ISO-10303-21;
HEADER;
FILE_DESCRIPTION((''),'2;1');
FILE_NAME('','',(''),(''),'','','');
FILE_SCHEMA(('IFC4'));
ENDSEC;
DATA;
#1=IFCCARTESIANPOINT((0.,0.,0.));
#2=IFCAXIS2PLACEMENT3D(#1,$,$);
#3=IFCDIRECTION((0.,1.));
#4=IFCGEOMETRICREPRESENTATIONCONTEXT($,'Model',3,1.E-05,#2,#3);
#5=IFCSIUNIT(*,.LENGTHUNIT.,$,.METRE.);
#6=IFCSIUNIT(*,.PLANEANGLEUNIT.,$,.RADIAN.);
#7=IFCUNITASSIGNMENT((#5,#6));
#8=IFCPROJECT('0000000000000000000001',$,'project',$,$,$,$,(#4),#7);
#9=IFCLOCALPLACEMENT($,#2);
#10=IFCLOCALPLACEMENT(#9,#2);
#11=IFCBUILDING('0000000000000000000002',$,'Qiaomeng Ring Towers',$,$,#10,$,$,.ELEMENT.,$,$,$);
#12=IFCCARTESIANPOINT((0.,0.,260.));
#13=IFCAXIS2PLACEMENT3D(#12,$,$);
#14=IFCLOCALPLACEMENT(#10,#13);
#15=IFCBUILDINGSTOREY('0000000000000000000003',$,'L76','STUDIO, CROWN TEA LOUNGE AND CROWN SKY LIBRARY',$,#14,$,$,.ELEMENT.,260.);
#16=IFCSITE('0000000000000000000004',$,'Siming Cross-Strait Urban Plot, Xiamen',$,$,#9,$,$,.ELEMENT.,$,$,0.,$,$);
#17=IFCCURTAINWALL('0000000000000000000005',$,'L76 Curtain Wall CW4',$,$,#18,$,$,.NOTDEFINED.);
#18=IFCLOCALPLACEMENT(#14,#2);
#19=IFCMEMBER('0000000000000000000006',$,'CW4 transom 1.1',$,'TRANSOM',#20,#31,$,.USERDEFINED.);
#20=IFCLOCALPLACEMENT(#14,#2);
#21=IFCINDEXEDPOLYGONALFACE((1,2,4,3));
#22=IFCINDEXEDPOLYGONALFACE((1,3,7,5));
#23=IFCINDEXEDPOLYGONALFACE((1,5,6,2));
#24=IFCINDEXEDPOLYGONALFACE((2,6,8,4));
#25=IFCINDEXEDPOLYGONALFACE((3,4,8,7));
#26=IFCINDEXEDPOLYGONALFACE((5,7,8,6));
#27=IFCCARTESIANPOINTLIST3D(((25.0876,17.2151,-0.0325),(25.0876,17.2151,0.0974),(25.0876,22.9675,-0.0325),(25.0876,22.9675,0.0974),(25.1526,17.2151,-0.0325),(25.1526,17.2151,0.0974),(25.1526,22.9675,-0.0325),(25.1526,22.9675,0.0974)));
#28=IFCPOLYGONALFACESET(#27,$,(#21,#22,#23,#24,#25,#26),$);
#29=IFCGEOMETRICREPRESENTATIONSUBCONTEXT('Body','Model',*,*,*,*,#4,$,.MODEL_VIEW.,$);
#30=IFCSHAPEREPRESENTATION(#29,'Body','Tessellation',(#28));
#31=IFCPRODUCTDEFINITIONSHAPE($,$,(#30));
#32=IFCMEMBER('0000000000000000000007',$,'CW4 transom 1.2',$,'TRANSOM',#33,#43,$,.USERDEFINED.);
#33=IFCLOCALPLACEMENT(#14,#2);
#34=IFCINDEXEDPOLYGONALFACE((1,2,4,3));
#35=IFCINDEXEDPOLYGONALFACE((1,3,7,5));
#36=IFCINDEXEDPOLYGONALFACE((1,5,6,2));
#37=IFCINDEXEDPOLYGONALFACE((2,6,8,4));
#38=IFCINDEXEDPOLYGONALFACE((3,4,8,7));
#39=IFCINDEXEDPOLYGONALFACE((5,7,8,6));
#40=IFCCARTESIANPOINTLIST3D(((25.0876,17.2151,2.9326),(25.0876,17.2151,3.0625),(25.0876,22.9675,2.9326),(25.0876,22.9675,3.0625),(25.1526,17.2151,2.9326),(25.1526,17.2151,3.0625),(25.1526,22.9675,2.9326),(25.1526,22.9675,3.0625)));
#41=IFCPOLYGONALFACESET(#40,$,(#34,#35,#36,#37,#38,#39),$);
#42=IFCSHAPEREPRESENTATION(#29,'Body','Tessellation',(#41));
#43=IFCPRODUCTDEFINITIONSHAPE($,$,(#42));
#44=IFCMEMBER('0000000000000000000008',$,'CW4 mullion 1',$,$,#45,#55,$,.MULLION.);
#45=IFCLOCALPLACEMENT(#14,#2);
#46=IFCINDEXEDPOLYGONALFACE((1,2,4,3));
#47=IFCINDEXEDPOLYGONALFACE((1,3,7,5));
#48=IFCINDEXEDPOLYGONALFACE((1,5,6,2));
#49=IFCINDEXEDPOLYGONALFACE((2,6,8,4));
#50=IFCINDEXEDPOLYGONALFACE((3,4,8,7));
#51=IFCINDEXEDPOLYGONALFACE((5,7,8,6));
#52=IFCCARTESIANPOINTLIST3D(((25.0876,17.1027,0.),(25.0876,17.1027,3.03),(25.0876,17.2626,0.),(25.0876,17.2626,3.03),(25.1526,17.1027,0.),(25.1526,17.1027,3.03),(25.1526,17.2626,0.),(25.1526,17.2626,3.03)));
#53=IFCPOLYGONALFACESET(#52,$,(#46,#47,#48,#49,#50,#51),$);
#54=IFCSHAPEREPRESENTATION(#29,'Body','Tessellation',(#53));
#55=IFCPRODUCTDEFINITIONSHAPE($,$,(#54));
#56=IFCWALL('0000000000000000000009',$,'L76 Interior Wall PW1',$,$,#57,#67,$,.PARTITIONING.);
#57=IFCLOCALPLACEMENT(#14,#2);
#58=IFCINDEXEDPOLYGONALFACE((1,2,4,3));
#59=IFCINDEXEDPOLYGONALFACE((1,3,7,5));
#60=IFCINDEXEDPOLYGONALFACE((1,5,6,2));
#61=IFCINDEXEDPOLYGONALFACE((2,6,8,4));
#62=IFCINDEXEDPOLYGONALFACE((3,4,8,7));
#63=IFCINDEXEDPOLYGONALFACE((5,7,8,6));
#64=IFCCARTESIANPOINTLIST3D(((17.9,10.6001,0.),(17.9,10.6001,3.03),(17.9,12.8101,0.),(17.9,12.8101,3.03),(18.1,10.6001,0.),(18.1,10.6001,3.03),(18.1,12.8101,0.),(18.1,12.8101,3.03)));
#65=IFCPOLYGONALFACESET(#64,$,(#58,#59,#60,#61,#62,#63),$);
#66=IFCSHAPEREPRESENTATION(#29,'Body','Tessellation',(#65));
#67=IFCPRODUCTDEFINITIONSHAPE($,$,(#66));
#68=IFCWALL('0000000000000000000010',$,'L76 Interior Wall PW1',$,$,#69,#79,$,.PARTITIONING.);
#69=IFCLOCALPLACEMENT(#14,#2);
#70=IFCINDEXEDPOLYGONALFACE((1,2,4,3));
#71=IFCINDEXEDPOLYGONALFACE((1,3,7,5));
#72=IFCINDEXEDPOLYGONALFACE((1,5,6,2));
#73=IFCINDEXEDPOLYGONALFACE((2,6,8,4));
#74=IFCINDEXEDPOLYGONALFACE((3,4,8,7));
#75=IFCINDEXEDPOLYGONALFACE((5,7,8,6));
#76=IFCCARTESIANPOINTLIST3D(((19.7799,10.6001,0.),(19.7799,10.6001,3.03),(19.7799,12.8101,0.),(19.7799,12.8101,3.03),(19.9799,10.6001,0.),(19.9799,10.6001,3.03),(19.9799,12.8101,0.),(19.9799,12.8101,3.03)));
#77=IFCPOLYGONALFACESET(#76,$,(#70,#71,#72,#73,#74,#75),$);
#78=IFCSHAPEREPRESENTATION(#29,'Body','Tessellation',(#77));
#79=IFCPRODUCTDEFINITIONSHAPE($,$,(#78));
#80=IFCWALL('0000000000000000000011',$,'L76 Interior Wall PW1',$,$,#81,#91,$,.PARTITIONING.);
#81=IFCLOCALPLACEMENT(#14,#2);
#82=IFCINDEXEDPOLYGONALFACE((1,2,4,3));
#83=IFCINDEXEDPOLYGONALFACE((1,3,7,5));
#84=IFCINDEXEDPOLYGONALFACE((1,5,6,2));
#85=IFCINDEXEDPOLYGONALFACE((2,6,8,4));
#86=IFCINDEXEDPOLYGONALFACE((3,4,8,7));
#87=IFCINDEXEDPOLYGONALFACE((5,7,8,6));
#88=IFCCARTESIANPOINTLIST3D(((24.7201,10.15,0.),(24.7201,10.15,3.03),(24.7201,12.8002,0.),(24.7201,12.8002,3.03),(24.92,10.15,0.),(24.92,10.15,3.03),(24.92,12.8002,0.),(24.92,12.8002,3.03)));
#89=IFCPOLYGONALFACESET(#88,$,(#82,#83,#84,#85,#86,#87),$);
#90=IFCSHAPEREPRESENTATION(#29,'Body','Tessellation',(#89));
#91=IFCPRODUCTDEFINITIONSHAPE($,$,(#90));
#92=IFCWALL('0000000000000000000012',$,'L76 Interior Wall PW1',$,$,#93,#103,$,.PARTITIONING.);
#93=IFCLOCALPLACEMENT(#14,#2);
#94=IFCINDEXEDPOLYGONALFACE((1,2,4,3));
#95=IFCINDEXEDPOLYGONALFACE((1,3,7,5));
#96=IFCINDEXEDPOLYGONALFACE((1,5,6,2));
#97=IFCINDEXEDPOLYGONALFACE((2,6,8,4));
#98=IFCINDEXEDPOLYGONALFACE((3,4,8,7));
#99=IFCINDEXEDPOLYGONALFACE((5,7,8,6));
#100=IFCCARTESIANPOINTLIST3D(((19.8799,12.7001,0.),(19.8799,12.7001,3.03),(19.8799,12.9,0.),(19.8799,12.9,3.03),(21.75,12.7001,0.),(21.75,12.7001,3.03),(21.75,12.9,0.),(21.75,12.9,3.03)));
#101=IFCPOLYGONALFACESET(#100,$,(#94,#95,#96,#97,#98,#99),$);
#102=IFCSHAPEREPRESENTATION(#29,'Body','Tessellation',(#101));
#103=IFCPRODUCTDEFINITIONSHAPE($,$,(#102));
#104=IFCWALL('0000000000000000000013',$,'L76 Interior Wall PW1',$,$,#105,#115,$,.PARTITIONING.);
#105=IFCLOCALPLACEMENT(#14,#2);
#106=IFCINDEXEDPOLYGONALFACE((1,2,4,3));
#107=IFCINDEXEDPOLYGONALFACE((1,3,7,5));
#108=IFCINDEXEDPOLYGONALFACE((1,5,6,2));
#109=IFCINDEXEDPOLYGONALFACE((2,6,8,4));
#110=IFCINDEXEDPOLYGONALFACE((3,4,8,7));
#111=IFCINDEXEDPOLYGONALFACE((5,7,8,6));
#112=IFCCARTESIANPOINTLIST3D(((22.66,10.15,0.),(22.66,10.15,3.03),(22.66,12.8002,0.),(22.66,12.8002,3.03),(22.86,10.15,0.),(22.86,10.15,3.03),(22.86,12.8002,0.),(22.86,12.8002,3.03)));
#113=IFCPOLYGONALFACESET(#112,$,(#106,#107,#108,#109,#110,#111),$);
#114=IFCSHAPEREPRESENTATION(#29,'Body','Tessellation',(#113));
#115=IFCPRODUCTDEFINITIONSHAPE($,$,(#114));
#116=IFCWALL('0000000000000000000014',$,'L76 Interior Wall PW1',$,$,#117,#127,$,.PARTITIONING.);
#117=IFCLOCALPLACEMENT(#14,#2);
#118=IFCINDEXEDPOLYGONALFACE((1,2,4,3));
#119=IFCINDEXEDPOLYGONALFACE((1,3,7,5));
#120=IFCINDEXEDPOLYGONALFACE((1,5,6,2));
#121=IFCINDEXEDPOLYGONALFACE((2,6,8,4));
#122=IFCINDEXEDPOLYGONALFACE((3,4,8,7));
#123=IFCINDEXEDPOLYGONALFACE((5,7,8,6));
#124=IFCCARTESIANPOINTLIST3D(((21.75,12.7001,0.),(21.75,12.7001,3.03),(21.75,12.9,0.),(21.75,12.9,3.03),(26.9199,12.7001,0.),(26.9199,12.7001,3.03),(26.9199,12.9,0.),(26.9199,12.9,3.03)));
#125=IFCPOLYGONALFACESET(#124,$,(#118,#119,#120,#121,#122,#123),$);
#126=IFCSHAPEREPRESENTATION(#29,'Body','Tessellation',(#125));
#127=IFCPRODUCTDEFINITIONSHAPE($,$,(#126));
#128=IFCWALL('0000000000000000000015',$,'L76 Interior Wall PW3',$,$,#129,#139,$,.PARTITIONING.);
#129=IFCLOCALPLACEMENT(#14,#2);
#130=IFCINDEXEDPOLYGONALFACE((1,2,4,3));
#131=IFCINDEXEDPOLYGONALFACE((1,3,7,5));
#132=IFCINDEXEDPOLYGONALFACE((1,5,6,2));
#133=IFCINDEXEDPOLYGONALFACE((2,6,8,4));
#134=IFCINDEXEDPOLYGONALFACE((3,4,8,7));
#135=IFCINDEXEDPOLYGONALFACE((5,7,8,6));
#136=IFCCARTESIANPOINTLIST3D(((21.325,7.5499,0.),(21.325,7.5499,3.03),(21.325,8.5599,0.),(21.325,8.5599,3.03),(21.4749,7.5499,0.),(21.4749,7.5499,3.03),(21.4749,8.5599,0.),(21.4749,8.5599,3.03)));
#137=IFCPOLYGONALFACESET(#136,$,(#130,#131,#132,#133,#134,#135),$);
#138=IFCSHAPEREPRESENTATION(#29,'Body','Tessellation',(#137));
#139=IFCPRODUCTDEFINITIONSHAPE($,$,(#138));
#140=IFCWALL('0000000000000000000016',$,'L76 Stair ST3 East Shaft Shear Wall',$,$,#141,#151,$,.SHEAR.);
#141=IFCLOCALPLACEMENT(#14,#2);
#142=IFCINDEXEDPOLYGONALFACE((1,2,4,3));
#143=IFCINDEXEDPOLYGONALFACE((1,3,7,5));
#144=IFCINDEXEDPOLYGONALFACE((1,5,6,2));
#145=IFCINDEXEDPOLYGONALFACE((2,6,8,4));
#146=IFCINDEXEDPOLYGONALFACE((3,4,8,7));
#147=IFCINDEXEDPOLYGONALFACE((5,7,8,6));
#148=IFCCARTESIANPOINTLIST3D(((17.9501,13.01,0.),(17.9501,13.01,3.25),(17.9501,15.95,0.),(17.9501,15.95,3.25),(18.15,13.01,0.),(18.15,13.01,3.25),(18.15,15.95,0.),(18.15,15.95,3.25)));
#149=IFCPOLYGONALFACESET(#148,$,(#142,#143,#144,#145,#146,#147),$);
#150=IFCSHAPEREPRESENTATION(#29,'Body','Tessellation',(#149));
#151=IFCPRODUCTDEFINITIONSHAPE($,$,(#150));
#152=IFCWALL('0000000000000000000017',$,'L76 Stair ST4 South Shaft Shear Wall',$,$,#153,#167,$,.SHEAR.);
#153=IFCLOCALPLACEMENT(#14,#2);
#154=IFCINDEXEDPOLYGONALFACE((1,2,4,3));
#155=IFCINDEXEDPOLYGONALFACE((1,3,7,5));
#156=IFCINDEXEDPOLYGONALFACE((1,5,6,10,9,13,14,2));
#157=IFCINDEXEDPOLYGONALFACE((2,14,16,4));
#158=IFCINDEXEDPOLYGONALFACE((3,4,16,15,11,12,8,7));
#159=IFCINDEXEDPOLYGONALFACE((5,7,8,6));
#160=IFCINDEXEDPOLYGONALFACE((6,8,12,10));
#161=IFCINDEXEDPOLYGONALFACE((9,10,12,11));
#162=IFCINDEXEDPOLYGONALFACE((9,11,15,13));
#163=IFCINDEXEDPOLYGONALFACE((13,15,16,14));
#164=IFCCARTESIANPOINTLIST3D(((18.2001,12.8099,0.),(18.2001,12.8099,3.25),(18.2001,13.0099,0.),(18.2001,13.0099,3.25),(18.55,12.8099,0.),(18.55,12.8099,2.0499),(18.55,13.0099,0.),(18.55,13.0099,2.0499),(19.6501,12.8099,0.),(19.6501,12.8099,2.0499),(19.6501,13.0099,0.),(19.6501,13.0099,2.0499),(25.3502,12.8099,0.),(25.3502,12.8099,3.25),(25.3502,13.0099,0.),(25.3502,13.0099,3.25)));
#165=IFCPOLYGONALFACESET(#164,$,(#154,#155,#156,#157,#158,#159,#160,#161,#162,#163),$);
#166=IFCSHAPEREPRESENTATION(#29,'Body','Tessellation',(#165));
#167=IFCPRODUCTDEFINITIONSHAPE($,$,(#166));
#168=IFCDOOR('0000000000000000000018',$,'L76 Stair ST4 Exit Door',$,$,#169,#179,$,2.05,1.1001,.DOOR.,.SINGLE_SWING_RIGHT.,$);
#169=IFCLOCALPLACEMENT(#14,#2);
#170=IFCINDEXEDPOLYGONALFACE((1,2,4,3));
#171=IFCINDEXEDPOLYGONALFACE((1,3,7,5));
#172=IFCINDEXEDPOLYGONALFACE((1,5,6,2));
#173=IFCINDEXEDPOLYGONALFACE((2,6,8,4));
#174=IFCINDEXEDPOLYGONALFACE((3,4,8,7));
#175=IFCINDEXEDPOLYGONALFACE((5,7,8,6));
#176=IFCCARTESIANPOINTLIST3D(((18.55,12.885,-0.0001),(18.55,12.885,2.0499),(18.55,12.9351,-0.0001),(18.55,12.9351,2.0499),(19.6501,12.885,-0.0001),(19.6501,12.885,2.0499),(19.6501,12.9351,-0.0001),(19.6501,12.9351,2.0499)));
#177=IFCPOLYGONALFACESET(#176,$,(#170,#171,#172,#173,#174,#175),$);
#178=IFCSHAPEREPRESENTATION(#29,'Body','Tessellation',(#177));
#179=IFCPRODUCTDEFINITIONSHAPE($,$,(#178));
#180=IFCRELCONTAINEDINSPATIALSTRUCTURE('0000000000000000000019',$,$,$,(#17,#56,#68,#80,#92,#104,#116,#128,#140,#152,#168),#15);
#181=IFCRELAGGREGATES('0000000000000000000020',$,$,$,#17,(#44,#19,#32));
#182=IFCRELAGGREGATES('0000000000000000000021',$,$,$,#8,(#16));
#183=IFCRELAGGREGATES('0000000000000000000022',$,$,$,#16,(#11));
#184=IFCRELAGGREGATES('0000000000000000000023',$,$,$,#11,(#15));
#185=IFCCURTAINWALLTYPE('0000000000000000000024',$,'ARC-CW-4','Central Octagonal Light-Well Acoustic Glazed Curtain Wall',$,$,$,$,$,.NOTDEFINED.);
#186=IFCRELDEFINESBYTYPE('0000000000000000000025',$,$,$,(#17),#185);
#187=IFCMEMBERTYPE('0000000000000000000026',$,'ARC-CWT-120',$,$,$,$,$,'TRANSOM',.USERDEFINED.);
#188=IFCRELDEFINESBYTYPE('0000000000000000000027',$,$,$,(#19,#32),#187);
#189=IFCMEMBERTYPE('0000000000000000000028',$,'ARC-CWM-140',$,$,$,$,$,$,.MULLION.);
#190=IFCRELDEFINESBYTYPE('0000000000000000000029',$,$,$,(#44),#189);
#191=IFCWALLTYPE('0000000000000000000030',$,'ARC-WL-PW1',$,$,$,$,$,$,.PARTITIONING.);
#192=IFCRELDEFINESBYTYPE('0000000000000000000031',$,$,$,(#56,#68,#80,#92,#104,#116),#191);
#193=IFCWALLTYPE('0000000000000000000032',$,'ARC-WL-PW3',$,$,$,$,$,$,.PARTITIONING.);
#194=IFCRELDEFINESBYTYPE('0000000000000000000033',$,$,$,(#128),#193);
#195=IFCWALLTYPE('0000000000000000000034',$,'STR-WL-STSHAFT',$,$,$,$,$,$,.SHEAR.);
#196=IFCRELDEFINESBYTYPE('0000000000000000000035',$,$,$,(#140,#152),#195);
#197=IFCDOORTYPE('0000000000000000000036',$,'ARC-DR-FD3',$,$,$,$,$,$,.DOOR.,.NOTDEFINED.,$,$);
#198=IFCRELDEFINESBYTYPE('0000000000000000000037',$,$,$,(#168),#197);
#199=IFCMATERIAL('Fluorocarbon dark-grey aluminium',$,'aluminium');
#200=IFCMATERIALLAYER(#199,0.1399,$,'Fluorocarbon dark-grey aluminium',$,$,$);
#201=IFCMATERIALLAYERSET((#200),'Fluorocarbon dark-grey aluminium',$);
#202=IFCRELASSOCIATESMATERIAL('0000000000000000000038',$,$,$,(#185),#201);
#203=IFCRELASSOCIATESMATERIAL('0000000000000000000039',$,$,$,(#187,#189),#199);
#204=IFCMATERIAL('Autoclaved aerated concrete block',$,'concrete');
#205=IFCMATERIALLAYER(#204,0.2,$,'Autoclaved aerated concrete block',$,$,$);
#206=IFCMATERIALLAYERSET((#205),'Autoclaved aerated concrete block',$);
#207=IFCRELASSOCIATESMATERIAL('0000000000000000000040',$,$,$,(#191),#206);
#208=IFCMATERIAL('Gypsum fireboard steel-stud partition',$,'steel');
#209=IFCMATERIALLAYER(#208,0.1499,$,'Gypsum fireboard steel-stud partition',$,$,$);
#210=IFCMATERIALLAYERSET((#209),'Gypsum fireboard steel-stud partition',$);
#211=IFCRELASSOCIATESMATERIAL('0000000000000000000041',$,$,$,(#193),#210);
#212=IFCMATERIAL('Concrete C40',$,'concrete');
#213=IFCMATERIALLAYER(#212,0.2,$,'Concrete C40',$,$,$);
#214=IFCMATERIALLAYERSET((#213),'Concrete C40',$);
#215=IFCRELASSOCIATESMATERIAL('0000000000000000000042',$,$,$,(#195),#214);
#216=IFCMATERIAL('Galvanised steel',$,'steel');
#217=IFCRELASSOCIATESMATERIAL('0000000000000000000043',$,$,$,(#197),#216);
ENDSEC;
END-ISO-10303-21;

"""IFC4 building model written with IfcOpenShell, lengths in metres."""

from ifc_helpers import new_model, si_unit, direction, frame, frame_2d, origin, origin_2d, place, context, subcontext, project, spatial, rectangle, extrude, source, transform, mapped, material, layer, layer_set, material_profile, profile_set, type_object, element, fill, aggregate, save


model = new_model("IFC4")

# Units and contexts
model_context = context("Model", 3, precision=1e-05, world=origin(), true_north=direction((0.0, 1.0)))
body_context = subcontext(model_context, "Body", "Model", "MODEL_VIEW")
ifc_project = project(units=[si_unit("LENGTHUNIT", "METRE"), si_unit("PLANEANGLEUNIT", "RADIAN")], contexts=[model_context])

# Site, building, storey
site_placement = place(None, origin())
site = spatial("IfcSite", under=ifc_project, at=site_placement, Name="Siming Cross-Strait Urban Plot, Xiamen", CompositionType="ELEMENT", RefElevation=0.0)
building_placement = place(site_placement, origin())
building = spatial("IfcBuilding", under=site, at=building_placement, Name="Qiaomeng Ring Towers", CompositionType="ELEMENT")
storey_placement = place(building_placement, frame((0.0, 0.0, 260.0)))
storey = spatial("IfcBuildingStorey", under=building, at=storey_placement, Name="L76", Description="STUDIO, CROWN TEA LOUNGE AND CROWN SKY LIBRARY", CompositionType="ELEMENT", Elevation=260.0)

# Curtain wall, members
ifc_material_1 = material(Name="Fluorocarbon dark-grey aluminium", Category="aluminium")
ifc_layer_1 = layer(ifc_material_1, 0.1399, Name="Fluorocarbon dark-grey aluminium")
ifc_layer_set_1 = layer_set([ifc_layer_1], Name="Fluorocarbon dark-grey aluminium")
curtain_wall_type = type_object("IfcCurtainWallType", Name="ARC-CW-4", Description="Central Octagonal Light-Well Acoustic Glazed Curtain Wall", PredefinedType="NOTDEFINED", material=ifc_layer_set_1)
curtain_wall_placement = place(storey_placement, origin())
curtain_wall = element("IfcCurtainWall", 1, at=curtain_wall_placement, inside=storey, type_object=curtain_wall_type, Name="L76 Curtain Wall CW4", PredefinedType="NOTDEFINED")
ifc_material_profile_1 = material_profile(ifc_material_1, rectangle(XDim=0.0649, YDim=0.1299, at=origin_2d()), Name="ALU TRAN 65x130")
ifc_profile_set_1 = profile_set([ifc_material_profile_1], Name="Fluorocarbon dark-grey aluminium")
member_type_1 = type_object("IfcMemberType", Name="ARC-CWT-120", ElementType="TRANSOM", PredefinedType="USERDEFINED", material=ifc_profile_set_1)
shared_shape_1 = source(origin(), body_context, "Body", "SweptSolid", [
    extrude(rectangle(XDim=0.0649, YDim=0.1299, at=origin_2d()), origin(), (0.0, 0.0, 1.0), 5.7524),
])
member_1_placement = place(storey_placement, frame((25.1201, 17.2151, 0.0325), z_axis=(0.0, 1.0, 0.0), x_axis=(-1.0, 0.0, 0.0)))
member_1 = element("IfcMember", 2, at=member_1_placement, type_object=member_type_1, Name="CW4 transom 1.1", ObjectType="TRANSOM", PredefinedType="USERDEFINED", context=body_context, shape_type="MappedRepresentation", body=[
    mapped(shared_shape_1, transform((0.0, 0.0, 0.0), x_axis=(1.0, 0.0, 0.0), y_axis=(0.0, 1.0, 0.0), z_axis=(0.0, 0.0, 1.0), scale=1.0)),
])
member_2_placement = place(storey_placement, frame((25.1201, 17.2151, 2.9976), z_axis=(0.0, 1.0, 0.0), x_axis=(-1.0, 0.0, 0.0)))
member_2 = element("IfcMember", 3, at=member_2_placement, type_object=member_type_1, Name="CW4 transom 1.2", ObjectType="TRANSOM", PredefinedType="USERDEFINED", context=body_context, shape_type="MappedRepresentation", body=[
    mapped(shared_shape_1, transform((0.0, 0.0, 0.0), x_axis=(1.0, 0.0, 0.0), y_axis=(0.0, 1.0, 0.0), z_axis=(0.0, 0.0, 1.0), scale=1.0)),
])
ifc_material_profile_2 = material_profile(ifc_material_1, rectangle(XDim=0.0649, YDim=0.1599, at=origin_2d()), Name="ALU MULL 65x160")
ifc_profile_set_2 = profile_set([ifc_material_profile_2], Name="Fluorocarbon dark-grey aluminium")
member_type_2 = type_object("IfcMemberType", Name="ARC-CWM-140", PredefinedType="MULLION", material=ifc_profile_set_2)
shared_shape_2 = source(origin(), body_context, "Body", "SweptSolid", [
    extrude(rectangle(XDim=0.0649, YDim=0.1599, at=origin_2d()), origin(), (0.0, 0.0, 1.0), 3.03),
])
member_3_placement = place(storey_placement, frame((25.1201, 17.1826, 0.0), z_axis=(0.0, 0.0, 1.0), x_axis=(-1.0, 0.0, 0.0)))
member_3 = element("IfcMember", 4, at=member_3_placement, type_object=member_type_2, Name="CW4 mullion 1", PredefinedType="MULLION", context=body_context, shape_type="MappedRepresentation", body=[
    mapped(shared_shape_2, transform((0.0, 0.0, 0.0), x_axis=(1.0, 0.0, 0.0), y_axis=(0.0, 1.0, 0.0), z_axis=(0.0, 0.0, 1.0), scale=1.0)),
])
aggregate(curtain_wall, [member_3, member_1, member_2])

# Walls
ifc_material_2 = material(Name="Autoclaved aerated concrete block", Category="concrete")
ifc_layer_2 = layer(ifc_material_2, 0.2, Name="Autoclaved aerated concrete block")
ifc_layer_set_2 = layer_set([ifc_layer_2], Name="Autoclaved aerated concrete block")
wall_type_1 = type_object("IfcWallType", Name="ARC-WL-PW1", PredefinedType="PARTITIONING", material=ifc_layer_set_2)
for number, where, z_axis, x_axis, name in (
    (5, (18.0, 10.6001, 0.0), (0.0, 0.0, 1.0), (0.0, 1.0, 0.0), "L76 Interior Wall PW1"),
    (6, (19.8799, 10.6001, 0.0), (0.0, 0.0, 1.0), (0.0, 1.0, 0.0), "L76 Interior Wall PW1"),
):
    element("IfcWall", number, at=place(storey_placement, frame(where, z_axis=z_axis, x_axis=x_axis)), inside=storey, type_object=wall_type_1, Name=name, PredefinedType="PARTITIONING", context=body_context, shape_type="SweptSolid", body=[
        extrude(rectangle(XDim=2.21, YDim=0.2, at=frame_2d((1.105, 0.0))), origin(), (0.0, 0.0, 1.0), 3.03),
    ])
wall_1_placement = place(storey_placement, frame((24.8201, 10.1499, 0.0), z_axis=(0.0, 0.0, 1.0), x_axis=(0.0, 1.0, 0.0)))
element("IfcWall", 7, at=wall_1_placement, inside=storey, type_object=wall_type_1, Name="L76 Interior Wall PW1", PredefinedType="PARTITIONING", context=body_context, shape_type="SweptSolid", body=[
    extrude(rectangle(XDim=2.6501, YDim=0.2, at=frame_2d((1.3252, 0.0))), origin(), (0.0, 0.0, 1.0), 3.03),
])
wall_2_placement = place(storey_placement, frame((19.8799, 12.8, 0.0), z_axis=(0.0, 0.0, 1.0), x_axis=(1.0, 0.0, 0.0)))
element("IfcWall", 8, at=wall_2_placement, inside=storey, type_object=wall_type_1, Name="L76 Interior Wall PW1", PredefinedType="PARTITIONING", context=body_context, shape_type="SweptSolid", body=[
    extrude(rectangle(XDim=1.8701, YDim=0.2, at=frame_2d((0.9351, 0.0))), origin(), (0.0, 0.0, 1.0), 3.03),
])
wall_3_placement = place(storey_placement, frame((22.76, 10.1499, 0.0), z_axis=(0.0, 0.0, 1.0), x_axis=(0.0, 1.0, 0.0)))
element("IfcWall", 9, at=wall_3_placement, inside=storey, type_object=wall_type_1, Name="L76 Interior Wall PW1", PredefinedType="PARTITIONING", context=body_context, shape_type="SweptSolid", body=[
    extrude(rectangle(XDim=2.6501, YDim=0.2, at=frame_2d((1.3252, 0.0))), origin(), (0.0, 0.0, 1.0), 3.03),
])
wall_4_placement = place(storey_placement, frame((21.75, 12.8, 0.0), z_axis=(0.0, 0.0, 1.0), x_axis=(1.0, 0.0, 0.0)))
element("IfcWall", 10, at=wall_4_placement, inside=storey, type_object=wall_type_1, Name="L76 Interior Wall PW1", PredefinedType="PARTITIONING", context=body_context, shape_type="SweptSolid", body=[
    extrude(rectangle(XDim=5.1699, YDim=0.2, at=frame_2d((2.585, 0.0))), origin(), (0.0, 0.0, 1.0), 3.03),
])
ifc_material_3 = material(Name="Gypsum fireboard steel-stud partition", Category="steel")
ifc_layer_3 = layer(ifc_material_3, 0.1499, Name="Gypsum fireboard steel-stud partition")
ifc_layer_set_3 = layer_set([ifc_layer_3], Name="Gypsum fireboard steel-stud partition")
wall_type_2 = type_object("IfcWallType", Name="ARC-WL-PW3", PredefinedType="PARTITIONING", material=ifc_layer_set_3)
wall_5_placement = place(storey_placement, frame((21.3999, 7.55, 0.0), z_axis=(0.0, 0.0, 1.0), x_axis=(0.0, 1.0, 0.0)))
element("IfcWall", 11, at=wall_5_placement, inside=storey, type_object=wall_type_2, Name="L76 Interior Wall PW3", PredefinedType="PARTITIONING", context=body_context, shape_type="SweptSolid", body=[
    extrude(rectangle(XDim=1.01, YDim=0.1499, at=frame_2d((0.5049, 0.0))), origin(), (0.0, 0.0, 1.0), 3.03),
])
ifc_material_4 = material(Name="Concrete C40", Category="concrete")
ifc_layer_4 = layer(ifc_material_4, 0.2, Name="Concrete C40")
ifc_layer_set_4 = layer_set([ifc_layer_4], Name="Concrete C40")
wall_type_3 = type_object("IfcWallType", Name="STR-WL-STSHAFT", PredefinedType="SHEAR", material=ifc_layer_set_4)
wall_6_placement = place(storey_placement, frame((18.05, 13.01, 0.0), z_axis=(0.0, 0.0, 1.0), x_axis=(0.0, 1.0, 0.0)))
element("IfcWall", 12, at=wall_6_placement, inside=storey, type_object=wall_type_3, Name="L76 Stair ST3 East Shaft Shear Wall", PredefinedType="SHEAR", context=body_context, shape_type="SweptSolid", body=[
    extrude(rectangle(XDim=2.9399, YDim=0.2, at=frame_2d((1.47, 0.0))), origin(), (0.0, 0.0, 1.0), 3.25),
])

# Wall, opening, door
wall_7_placement = place(storey_placement, frame((18.2, 12.9099, 0.0), z_axis=(0.0, 0.0, 1.0), x_axis=(1.0, 0.0, 0.0)))
wall_7 = element("IfcWall", 13, at=wall_7_placement, inside=storey, type_object=wall_type_3, Name="L76 Stair ST4 South Shaft Shear Wall", PredefinedType="SHEAR", context=body_context, shape_type="SweptSolid", body=[
    extrude(rectangle(XDim=7.1501, YDim=0.2, at=frame_2d((3.5752, 0.0))), origin(), (0.0, 0.0, 1.0), 3.25),
])
opening_placement = place(wall_7_placement, frame((0.3501, 0.0, 0.0)))
opening = element("IfcOpeningElement", 14, at=opening_placement, cuts=wall_7, PredefinedType="OPENING", context=body_context, shape_type="SweptSolid", body=[
    extrude(rectangle(XDim=1.1001, YDim=2.05, at=frame_2d((0.55, 1.0249))), frame((0.0, 0.1099, 0.0), z_axis=(0.0, -1.0, 0.0), x_axis=(1.0, 0.0, 0.0)), (0.0, 0.0, 1.0), 0.22),
])
ifc_material_5 = material(Name="Galvanised steel", Category="steel")
door_type = type_object("IfcDoorType", Name="ARC-DR-FD3", OperationType="NOTDEFINED", PredefinedType="DOOR", material=ifc_material_5)
shared_shape_3 = source(origin(), body_context, "Body", "SweptSolid", [
    extrude(rectangle(XDim=1.1001, YDim=2.05, at=frame_2d((0.55, 1.0249))), frame((0.0, 0.0249, 0.0), z_axis=(0.0, -1.0, 0.0), x_axis=(1.0, 0.0, 0.0)), (0.0, 0.0, 1.0), 0.05),
])
door_placement = place(opening_placement, frame((1.1001, 0.0, 0.0), z_axis=(0.0, 0.0, 1.0), x_axis=(-1.0, 0.0, 0.0)))
door = element("IfcDoor", 15, at=door_placement, inside=storey, type_object=door_type, Name="L76 Stair ST4 Exit Door", OperationType="SINGLE_SWING_RIGHT", OverallHeight=2.05, OverallWidth=1.1001, PredefinedType="DOOR", context=body_context, shape_type="MappedRepresentation", body=[
    mapped(shared_shape_3, transform((0.0, 0.0, 0.0), x_axis=(1.0, 0.0, 0.0), y_axis=(0.0, 1.0, 0.0), z_axis=(0.0, 0.0, 1.0), scale=1.0)),
])
fill(opening, door)

save(model, "model.ifc")
